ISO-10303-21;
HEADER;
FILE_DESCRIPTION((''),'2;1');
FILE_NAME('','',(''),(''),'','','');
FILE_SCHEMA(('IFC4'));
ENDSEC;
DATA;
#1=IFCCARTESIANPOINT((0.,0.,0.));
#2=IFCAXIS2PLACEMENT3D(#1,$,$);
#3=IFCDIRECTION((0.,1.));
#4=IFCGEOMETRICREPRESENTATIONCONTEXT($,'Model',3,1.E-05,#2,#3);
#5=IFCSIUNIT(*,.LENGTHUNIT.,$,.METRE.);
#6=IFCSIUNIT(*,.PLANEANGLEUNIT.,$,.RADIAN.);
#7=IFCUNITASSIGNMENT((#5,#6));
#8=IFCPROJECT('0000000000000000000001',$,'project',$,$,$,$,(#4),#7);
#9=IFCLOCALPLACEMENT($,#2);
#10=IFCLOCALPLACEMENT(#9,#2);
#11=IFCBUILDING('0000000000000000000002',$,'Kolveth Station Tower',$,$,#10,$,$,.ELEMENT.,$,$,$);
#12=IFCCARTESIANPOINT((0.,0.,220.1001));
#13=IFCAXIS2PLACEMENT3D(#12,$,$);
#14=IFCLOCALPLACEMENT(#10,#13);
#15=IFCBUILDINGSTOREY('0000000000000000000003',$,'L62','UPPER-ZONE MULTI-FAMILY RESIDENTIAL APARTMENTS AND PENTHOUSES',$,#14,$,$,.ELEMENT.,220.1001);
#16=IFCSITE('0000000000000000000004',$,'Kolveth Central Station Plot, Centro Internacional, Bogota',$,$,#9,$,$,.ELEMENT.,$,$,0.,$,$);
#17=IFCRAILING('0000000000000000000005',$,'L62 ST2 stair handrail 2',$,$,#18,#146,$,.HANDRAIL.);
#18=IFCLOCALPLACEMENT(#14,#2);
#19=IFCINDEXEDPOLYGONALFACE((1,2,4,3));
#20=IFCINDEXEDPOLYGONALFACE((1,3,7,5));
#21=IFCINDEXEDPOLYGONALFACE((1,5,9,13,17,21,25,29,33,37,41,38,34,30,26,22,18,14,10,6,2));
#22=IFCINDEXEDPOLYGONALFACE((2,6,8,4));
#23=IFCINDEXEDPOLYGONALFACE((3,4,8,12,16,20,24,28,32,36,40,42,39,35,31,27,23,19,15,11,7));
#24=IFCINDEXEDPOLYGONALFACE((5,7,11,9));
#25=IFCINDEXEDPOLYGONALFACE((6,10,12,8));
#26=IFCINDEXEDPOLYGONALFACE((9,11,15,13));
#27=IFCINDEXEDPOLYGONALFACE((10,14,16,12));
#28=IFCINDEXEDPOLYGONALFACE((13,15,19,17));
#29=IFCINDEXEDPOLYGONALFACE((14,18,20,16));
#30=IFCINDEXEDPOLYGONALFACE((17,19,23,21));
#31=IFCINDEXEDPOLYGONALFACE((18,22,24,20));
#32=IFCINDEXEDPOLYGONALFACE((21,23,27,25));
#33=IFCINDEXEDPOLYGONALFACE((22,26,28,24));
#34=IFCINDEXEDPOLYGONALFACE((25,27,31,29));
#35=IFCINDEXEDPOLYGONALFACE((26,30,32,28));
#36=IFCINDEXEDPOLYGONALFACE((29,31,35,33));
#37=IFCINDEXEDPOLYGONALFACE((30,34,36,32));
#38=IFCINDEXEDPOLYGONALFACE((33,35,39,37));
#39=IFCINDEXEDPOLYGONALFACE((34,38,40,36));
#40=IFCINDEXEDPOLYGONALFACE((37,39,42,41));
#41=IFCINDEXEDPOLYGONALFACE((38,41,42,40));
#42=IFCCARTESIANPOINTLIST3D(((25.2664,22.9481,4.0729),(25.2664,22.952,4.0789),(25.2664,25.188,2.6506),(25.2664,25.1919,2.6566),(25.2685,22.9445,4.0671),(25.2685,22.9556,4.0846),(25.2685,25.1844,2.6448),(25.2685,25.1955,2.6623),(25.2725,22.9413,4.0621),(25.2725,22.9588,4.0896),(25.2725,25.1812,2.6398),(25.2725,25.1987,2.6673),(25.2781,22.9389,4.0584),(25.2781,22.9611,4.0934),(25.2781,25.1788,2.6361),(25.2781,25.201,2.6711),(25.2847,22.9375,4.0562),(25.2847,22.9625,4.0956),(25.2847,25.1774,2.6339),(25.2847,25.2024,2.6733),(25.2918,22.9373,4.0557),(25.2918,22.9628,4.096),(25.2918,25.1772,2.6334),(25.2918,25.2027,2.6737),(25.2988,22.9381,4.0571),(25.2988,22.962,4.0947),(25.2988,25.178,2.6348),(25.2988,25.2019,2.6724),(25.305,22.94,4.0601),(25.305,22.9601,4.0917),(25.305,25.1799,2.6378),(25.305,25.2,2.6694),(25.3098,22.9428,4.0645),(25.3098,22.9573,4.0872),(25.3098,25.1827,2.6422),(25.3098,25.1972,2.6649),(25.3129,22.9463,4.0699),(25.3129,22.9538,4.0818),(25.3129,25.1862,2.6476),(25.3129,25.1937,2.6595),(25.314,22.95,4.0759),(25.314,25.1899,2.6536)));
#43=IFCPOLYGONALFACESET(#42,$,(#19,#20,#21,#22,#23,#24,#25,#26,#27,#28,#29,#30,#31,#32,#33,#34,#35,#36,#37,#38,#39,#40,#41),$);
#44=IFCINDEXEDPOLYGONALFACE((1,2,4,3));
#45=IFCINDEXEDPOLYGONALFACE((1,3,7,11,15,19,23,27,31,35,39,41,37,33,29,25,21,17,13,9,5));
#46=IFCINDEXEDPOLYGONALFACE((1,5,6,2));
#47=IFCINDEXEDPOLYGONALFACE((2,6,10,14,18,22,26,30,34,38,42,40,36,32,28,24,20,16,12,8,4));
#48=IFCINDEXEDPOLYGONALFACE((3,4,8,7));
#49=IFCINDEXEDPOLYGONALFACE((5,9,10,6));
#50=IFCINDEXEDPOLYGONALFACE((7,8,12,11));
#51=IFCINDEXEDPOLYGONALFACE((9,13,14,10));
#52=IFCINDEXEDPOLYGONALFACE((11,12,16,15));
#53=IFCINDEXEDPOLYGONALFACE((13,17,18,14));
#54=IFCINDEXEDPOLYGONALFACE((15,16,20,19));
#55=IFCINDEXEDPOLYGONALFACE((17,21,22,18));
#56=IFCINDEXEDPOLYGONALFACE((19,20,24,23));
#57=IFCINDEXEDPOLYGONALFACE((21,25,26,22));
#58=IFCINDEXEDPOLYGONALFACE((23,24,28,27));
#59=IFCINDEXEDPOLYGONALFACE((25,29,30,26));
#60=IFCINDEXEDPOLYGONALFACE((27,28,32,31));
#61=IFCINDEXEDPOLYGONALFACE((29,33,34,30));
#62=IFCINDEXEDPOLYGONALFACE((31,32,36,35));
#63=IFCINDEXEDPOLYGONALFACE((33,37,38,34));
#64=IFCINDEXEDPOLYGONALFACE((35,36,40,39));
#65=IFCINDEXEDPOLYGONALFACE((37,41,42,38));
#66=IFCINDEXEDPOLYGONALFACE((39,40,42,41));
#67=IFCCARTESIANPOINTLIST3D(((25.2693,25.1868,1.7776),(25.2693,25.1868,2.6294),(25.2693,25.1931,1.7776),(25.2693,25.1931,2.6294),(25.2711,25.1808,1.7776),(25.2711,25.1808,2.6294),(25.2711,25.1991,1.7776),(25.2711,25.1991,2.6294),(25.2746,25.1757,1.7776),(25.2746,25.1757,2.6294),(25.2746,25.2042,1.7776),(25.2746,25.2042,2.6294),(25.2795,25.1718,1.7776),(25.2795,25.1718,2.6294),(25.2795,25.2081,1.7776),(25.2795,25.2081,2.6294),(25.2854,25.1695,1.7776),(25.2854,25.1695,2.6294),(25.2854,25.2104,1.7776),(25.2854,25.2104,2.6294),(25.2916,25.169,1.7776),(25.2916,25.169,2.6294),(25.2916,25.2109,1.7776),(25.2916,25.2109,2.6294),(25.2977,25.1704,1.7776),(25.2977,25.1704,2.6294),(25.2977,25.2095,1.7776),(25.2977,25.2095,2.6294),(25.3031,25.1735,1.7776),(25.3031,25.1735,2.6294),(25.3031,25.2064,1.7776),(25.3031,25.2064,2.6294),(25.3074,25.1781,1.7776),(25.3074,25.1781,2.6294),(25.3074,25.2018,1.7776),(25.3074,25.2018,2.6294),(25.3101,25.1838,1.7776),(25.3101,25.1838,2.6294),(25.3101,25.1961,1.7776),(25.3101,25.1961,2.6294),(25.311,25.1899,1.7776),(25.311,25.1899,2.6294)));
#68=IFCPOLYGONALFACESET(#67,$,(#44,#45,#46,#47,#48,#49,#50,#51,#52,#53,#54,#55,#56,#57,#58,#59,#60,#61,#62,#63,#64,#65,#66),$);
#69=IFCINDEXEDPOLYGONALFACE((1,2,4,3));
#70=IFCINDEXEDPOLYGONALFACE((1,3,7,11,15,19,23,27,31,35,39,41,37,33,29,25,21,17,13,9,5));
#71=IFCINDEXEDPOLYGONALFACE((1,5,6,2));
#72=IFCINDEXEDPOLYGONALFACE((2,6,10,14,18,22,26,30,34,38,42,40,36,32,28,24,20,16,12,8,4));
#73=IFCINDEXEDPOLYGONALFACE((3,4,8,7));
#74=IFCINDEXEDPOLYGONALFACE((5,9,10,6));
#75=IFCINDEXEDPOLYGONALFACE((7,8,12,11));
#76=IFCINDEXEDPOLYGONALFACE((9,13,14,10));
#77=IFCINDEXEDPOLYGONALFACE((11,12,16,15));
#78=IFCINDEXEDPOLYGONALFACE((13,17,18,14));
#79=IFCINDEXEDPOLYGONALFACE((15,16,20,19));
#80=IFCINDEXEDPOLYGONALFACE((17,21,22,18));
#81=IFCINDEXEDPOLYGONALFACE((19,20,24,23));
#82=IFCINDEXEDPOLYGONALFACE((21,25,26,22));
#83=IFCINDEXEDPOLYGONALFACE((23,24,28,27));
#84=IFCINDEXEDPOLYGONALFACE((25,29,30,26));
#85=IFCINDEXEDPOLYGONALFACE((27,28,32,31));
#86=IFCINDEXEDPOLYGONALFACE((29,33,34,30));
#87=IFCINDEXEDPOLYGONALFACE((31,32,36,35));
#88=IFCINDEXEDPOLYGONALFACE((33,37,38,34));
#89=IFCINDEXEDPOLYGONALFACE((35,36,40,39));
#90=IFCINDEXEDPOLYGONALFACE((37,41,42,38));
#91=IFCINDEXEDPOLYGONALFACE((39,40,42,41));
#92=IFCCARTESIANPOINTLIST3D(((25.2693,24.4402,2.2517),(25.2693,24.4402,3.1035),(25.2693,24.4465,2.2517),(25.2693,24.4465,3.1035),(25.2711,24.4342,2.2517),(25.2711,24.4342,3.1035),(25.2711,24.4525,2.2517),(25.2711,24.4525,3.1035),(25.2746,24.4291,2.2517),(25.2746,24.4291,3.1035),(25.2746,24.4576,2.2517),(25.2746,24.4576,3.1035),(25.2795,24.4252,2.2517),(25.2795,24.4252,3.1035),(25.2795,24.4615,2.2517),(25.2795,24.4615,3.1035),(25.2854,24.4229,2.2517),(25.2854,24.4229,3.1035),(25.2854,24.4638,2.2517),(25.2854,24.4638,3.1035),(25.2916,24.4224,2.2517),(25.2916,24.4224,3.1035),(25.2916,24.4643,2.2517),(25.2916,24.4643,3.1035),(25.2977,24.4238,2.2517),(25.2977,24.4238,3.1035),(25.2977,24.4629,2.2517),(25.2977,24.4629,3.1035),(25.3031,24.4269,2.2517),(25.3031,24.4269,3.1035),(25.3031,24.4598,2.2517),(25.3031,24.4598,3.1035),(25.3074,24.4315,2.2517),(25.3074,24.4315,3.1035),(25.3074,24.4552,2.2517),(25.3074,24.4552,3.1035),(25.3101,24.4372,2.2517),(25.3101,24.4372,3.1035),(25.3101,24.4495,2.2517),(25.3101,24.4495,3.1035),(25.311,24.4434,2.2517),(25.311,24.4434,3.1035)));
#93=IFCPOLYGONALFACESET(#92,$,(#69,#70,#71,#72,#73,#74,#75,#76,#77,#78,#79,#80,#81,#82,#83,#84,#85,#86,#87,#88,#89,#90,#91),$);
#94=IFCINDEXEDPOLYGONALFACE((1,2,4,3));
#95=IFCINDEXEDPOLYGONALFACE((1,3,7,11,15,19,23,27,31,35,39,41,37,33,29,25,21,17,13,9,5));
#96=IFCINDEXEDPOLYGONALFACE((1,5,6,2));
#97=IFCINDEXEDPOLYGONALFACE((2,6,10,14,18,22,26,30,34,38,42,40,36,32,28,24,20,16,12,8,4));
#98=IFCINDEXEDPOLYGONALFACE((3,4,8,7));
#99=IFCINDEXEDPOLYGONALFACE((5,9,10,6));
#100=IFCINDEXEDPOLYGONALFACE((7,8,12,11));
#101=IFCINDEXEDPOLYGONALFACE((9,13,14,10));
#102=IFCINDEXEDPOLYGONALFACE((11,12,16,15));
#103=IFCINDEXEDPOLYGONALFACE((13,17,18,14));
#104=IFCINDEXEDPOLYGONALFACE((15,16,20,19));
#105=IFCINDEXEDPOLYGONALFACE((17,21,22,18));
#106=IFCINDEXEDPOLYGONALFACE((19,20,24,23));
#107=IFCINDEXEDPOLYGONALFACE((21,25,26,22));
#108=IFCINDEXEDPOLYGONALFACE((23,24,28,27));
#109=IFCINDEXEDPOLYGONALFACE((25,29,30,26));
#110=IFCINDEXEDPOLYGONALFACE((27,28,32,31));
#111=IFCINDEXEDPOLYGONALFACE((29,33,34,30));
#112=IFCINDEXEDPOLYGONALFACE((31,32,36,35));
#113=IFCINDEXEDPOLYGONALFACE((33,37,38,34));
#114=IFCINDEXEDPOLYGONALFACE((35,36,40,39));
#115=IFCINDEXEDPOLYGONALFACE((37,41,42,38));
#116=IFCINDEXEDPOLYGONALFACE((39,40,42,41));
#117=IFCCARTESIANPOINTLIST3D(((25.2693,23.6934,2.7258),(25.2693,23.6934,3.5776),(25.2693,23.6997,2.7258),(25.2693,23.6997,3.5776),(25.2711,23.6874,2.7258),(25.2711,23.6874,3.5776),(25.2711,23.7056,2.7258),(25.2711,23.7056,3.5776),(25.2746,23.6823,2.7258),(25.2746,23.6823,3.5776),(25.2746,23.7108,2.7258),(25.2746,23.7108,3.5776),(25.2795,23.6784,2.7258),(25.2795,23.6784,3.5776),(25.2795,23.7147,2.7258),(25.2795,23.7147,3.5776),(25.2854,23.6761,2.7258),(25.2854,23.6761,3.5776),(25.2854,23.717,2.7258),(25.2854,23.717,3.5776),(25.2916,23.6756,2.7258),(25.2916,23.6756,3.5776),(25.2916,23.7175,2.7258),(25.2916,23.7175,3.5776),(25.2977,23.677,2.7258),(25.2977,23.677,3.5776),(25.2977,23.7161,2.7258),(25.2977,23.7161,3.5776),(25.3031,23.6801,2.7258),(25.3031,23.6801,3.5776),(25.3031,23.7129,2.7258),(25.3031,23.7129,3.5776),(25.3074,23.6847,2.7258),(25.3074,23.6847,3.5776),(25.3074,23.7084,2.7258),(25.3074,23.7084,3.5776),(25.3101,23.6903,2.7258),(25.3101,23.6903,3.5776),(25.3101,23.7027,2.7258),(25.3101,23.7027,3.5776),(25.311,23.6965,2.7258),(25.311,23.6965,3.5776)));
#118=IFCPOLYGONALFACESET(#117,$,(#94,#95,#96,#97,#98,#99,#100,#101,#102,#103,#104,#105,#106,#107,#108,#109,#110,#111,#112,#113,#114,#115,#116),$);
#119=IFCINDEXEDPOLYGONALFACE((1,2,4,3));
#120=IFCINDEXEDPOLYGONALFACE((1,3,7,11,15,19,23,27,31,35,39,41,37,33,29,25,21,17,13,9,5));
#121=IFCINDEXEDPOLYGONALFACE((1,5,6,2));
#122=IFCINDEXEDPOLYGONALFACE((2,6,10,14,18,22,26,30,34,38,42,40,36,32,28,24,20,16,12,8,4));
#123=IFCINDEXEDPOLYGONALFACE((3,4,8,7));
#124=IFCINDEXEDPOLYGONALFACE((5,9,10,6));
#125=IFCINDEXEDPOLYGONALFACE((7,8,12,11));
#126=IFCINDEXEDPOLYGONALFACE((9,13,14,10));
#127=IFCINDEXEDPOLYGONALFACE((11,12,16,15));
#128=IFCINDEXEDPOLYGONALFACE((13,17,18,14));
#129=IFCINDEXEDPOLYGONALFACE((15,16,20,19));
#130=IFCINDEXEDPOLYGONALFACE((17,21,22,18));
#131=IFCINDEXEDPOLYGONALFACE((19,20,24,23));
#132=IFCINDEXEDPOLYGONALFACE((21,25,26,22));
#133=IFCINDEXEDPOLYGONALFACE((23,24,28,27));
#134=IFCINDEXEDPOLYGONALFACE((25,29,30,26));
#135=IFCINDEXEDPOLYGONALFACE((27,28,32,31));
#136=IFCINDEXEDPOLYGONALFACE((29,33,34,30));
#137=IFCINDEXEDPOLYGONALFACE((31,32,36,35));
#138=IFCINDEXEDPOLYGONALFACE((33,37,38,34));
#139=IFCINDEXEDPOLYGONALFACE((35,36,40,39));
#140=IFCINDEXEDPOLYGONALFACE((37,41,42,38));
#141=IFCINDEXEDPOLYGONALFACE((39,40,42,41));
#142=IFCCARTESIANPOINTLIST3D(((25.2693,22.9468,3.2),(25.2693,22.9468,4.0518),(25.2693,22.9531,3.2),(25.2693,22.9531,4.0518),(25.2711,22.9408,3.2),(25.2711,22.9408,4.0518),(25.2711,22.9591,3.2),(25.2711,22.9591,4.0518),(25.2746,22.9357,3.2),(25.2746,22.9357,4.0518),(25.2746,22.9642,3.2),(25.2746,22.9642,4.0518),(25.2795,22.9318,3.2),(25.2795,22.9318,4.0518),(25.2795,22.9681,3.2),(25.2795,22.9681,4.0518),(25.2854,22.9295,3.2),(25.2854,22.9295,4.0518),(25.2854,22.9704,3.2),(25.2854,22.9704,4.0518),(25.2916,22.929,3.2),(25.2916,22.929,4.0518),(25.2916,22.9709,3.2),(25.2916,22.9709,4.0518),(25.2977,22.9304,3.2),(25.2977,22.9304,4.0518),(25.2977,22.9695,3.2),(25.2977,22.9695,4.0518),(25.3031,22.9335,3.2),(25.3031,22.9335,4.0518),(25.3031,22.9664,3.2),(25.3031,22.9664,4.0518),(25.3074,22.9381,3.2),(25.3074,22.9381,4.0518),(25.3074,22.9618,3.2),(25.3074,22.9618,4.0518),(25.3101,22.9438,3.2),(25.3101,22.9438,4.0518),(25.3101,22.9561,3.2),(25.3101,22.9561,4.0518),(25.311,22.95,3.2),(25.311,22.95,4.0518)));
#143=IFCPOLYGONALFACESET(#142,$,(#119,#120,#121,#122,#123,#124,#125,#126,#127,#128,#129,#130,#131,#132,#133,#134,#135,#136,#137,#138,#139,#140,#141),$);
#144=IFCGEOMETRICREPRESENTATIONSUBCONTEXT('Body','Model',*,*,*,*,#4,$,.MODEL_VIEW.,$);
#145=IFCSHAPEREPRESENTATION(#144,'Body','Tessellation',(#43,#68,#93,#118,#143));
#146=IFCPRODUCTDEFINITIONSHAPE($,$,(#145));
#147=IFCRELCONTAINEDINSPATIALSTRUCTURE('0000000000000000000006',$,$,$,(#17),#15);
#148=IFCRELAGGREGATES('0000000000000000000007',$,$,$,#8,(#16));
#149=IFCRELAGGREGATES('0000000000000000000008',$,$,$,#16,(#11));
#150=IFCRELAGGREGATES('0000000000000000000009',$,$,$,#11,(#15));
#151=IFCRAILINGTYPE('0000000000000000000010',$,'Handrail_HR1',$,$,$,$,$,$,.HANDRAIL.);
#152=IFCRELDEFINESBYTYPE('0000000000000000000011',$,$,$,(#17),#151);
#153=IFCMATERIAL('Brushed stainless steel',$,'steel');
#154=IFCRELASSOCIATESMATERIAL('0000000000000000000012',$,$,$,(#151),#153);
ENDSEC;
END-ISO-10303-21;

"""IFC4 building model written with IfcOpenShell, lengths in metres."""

from ifc_helpers import new_model, si_unit, direction, frame, origin, origin_2d, place, context, subcontext, project, spatial, circle, extrude, material, type_object, element, save


model = new_model("IFC4")

# Units and contexts
model_context = context("Model", 3, precision=1e-05, world=origin(), true_north=direction((0.0, 1.0)))
body_context = subcontext(model_context, "Body", "Model", "MODEL_VIEW")
ifc_project = project(units=[si_unit("LENGTHUNIT", "METRE"), si_unit("PLANEANGLEUNIT", "RADIAN")], contexts=[model_context])

# Site, building, storey
site_placement = place(None, origin())
site = spatial("IfcSite", under=ifc_project, at=site_placement, Name="Kolveth Central Station Plot, Centro Internacional, Bogota", CompositionType="ELEMENT", RefElevation=0.0)
building_placement = place(site_placement, origin())
building = spatial("IfcBuilding", under=site, at=building_placement, Name="Kolveth Station Tower", CompositionType="ELEMENT")
storey_placement = place(building_placement, frame((0.0, 0.0, 220.1001)))
storey = spatial("IfcBuildingStorey", under=building, at=storey_placement, Name="L62", Description="UPPER-ZONE MULTI-FAMILY RESIDENTIAL APARTMENTS AND PENTHOUSES", CompositionType="ELEMENT", Elevation=220.1001)

# Railing
ifc_material_1 = material(Name="Brushed stainless steel", Category="steel")
railing_type_1 = type_object("IfcRailingType", Name="Handrail_HR1", PredefinedType="HANDRAIL", material=ifc_material_1)
railing_1_placement = place(storey_placement, frame((25.29, 25.1899, 1.7776)))
element("IfcRailing", 1, at=railing_1_placement, inside=storey, type_object=railing_type_1, Name="L62 ST2 stair handrail 2", PredefinedType="HANDRAIL", context=body_context, shape_type="SweptSolid", body=[
    extrude(circle(Radius=0.0239, at=origin_2d()), frame((0.0, 0.0, 0.876), z_axis=(0.0, -0.844188, 0.536048), x_axis=(1.0, 0.0, 0.0)), (0.0, 0.0, 1.0), 2.6533),
    extrude(circle(Radius=0.021, at=origin_2d()), origin(), (0.0, 0.0, 1.0), 0.8518),
    extrude(circle(Radius=0.021, at=origin_2d()), frame((0.0, -0.7466, 0.4741)), (0.0, 0.0, 1.0), 0.8518),
    extrude(circle(Radius=0.021, at=origin_2d()), frame((0.0, -1.4934, 0.9482)), (0.0, 0.0, 1.0), 0.8518),
    extrude(circle(Radius=0.021, at=origin_2d()), frame((0.0, -2.24, 1.4224)), (0.0, 0.0, 1.0), 0.8518),
])

save(model, "model.ifc")
